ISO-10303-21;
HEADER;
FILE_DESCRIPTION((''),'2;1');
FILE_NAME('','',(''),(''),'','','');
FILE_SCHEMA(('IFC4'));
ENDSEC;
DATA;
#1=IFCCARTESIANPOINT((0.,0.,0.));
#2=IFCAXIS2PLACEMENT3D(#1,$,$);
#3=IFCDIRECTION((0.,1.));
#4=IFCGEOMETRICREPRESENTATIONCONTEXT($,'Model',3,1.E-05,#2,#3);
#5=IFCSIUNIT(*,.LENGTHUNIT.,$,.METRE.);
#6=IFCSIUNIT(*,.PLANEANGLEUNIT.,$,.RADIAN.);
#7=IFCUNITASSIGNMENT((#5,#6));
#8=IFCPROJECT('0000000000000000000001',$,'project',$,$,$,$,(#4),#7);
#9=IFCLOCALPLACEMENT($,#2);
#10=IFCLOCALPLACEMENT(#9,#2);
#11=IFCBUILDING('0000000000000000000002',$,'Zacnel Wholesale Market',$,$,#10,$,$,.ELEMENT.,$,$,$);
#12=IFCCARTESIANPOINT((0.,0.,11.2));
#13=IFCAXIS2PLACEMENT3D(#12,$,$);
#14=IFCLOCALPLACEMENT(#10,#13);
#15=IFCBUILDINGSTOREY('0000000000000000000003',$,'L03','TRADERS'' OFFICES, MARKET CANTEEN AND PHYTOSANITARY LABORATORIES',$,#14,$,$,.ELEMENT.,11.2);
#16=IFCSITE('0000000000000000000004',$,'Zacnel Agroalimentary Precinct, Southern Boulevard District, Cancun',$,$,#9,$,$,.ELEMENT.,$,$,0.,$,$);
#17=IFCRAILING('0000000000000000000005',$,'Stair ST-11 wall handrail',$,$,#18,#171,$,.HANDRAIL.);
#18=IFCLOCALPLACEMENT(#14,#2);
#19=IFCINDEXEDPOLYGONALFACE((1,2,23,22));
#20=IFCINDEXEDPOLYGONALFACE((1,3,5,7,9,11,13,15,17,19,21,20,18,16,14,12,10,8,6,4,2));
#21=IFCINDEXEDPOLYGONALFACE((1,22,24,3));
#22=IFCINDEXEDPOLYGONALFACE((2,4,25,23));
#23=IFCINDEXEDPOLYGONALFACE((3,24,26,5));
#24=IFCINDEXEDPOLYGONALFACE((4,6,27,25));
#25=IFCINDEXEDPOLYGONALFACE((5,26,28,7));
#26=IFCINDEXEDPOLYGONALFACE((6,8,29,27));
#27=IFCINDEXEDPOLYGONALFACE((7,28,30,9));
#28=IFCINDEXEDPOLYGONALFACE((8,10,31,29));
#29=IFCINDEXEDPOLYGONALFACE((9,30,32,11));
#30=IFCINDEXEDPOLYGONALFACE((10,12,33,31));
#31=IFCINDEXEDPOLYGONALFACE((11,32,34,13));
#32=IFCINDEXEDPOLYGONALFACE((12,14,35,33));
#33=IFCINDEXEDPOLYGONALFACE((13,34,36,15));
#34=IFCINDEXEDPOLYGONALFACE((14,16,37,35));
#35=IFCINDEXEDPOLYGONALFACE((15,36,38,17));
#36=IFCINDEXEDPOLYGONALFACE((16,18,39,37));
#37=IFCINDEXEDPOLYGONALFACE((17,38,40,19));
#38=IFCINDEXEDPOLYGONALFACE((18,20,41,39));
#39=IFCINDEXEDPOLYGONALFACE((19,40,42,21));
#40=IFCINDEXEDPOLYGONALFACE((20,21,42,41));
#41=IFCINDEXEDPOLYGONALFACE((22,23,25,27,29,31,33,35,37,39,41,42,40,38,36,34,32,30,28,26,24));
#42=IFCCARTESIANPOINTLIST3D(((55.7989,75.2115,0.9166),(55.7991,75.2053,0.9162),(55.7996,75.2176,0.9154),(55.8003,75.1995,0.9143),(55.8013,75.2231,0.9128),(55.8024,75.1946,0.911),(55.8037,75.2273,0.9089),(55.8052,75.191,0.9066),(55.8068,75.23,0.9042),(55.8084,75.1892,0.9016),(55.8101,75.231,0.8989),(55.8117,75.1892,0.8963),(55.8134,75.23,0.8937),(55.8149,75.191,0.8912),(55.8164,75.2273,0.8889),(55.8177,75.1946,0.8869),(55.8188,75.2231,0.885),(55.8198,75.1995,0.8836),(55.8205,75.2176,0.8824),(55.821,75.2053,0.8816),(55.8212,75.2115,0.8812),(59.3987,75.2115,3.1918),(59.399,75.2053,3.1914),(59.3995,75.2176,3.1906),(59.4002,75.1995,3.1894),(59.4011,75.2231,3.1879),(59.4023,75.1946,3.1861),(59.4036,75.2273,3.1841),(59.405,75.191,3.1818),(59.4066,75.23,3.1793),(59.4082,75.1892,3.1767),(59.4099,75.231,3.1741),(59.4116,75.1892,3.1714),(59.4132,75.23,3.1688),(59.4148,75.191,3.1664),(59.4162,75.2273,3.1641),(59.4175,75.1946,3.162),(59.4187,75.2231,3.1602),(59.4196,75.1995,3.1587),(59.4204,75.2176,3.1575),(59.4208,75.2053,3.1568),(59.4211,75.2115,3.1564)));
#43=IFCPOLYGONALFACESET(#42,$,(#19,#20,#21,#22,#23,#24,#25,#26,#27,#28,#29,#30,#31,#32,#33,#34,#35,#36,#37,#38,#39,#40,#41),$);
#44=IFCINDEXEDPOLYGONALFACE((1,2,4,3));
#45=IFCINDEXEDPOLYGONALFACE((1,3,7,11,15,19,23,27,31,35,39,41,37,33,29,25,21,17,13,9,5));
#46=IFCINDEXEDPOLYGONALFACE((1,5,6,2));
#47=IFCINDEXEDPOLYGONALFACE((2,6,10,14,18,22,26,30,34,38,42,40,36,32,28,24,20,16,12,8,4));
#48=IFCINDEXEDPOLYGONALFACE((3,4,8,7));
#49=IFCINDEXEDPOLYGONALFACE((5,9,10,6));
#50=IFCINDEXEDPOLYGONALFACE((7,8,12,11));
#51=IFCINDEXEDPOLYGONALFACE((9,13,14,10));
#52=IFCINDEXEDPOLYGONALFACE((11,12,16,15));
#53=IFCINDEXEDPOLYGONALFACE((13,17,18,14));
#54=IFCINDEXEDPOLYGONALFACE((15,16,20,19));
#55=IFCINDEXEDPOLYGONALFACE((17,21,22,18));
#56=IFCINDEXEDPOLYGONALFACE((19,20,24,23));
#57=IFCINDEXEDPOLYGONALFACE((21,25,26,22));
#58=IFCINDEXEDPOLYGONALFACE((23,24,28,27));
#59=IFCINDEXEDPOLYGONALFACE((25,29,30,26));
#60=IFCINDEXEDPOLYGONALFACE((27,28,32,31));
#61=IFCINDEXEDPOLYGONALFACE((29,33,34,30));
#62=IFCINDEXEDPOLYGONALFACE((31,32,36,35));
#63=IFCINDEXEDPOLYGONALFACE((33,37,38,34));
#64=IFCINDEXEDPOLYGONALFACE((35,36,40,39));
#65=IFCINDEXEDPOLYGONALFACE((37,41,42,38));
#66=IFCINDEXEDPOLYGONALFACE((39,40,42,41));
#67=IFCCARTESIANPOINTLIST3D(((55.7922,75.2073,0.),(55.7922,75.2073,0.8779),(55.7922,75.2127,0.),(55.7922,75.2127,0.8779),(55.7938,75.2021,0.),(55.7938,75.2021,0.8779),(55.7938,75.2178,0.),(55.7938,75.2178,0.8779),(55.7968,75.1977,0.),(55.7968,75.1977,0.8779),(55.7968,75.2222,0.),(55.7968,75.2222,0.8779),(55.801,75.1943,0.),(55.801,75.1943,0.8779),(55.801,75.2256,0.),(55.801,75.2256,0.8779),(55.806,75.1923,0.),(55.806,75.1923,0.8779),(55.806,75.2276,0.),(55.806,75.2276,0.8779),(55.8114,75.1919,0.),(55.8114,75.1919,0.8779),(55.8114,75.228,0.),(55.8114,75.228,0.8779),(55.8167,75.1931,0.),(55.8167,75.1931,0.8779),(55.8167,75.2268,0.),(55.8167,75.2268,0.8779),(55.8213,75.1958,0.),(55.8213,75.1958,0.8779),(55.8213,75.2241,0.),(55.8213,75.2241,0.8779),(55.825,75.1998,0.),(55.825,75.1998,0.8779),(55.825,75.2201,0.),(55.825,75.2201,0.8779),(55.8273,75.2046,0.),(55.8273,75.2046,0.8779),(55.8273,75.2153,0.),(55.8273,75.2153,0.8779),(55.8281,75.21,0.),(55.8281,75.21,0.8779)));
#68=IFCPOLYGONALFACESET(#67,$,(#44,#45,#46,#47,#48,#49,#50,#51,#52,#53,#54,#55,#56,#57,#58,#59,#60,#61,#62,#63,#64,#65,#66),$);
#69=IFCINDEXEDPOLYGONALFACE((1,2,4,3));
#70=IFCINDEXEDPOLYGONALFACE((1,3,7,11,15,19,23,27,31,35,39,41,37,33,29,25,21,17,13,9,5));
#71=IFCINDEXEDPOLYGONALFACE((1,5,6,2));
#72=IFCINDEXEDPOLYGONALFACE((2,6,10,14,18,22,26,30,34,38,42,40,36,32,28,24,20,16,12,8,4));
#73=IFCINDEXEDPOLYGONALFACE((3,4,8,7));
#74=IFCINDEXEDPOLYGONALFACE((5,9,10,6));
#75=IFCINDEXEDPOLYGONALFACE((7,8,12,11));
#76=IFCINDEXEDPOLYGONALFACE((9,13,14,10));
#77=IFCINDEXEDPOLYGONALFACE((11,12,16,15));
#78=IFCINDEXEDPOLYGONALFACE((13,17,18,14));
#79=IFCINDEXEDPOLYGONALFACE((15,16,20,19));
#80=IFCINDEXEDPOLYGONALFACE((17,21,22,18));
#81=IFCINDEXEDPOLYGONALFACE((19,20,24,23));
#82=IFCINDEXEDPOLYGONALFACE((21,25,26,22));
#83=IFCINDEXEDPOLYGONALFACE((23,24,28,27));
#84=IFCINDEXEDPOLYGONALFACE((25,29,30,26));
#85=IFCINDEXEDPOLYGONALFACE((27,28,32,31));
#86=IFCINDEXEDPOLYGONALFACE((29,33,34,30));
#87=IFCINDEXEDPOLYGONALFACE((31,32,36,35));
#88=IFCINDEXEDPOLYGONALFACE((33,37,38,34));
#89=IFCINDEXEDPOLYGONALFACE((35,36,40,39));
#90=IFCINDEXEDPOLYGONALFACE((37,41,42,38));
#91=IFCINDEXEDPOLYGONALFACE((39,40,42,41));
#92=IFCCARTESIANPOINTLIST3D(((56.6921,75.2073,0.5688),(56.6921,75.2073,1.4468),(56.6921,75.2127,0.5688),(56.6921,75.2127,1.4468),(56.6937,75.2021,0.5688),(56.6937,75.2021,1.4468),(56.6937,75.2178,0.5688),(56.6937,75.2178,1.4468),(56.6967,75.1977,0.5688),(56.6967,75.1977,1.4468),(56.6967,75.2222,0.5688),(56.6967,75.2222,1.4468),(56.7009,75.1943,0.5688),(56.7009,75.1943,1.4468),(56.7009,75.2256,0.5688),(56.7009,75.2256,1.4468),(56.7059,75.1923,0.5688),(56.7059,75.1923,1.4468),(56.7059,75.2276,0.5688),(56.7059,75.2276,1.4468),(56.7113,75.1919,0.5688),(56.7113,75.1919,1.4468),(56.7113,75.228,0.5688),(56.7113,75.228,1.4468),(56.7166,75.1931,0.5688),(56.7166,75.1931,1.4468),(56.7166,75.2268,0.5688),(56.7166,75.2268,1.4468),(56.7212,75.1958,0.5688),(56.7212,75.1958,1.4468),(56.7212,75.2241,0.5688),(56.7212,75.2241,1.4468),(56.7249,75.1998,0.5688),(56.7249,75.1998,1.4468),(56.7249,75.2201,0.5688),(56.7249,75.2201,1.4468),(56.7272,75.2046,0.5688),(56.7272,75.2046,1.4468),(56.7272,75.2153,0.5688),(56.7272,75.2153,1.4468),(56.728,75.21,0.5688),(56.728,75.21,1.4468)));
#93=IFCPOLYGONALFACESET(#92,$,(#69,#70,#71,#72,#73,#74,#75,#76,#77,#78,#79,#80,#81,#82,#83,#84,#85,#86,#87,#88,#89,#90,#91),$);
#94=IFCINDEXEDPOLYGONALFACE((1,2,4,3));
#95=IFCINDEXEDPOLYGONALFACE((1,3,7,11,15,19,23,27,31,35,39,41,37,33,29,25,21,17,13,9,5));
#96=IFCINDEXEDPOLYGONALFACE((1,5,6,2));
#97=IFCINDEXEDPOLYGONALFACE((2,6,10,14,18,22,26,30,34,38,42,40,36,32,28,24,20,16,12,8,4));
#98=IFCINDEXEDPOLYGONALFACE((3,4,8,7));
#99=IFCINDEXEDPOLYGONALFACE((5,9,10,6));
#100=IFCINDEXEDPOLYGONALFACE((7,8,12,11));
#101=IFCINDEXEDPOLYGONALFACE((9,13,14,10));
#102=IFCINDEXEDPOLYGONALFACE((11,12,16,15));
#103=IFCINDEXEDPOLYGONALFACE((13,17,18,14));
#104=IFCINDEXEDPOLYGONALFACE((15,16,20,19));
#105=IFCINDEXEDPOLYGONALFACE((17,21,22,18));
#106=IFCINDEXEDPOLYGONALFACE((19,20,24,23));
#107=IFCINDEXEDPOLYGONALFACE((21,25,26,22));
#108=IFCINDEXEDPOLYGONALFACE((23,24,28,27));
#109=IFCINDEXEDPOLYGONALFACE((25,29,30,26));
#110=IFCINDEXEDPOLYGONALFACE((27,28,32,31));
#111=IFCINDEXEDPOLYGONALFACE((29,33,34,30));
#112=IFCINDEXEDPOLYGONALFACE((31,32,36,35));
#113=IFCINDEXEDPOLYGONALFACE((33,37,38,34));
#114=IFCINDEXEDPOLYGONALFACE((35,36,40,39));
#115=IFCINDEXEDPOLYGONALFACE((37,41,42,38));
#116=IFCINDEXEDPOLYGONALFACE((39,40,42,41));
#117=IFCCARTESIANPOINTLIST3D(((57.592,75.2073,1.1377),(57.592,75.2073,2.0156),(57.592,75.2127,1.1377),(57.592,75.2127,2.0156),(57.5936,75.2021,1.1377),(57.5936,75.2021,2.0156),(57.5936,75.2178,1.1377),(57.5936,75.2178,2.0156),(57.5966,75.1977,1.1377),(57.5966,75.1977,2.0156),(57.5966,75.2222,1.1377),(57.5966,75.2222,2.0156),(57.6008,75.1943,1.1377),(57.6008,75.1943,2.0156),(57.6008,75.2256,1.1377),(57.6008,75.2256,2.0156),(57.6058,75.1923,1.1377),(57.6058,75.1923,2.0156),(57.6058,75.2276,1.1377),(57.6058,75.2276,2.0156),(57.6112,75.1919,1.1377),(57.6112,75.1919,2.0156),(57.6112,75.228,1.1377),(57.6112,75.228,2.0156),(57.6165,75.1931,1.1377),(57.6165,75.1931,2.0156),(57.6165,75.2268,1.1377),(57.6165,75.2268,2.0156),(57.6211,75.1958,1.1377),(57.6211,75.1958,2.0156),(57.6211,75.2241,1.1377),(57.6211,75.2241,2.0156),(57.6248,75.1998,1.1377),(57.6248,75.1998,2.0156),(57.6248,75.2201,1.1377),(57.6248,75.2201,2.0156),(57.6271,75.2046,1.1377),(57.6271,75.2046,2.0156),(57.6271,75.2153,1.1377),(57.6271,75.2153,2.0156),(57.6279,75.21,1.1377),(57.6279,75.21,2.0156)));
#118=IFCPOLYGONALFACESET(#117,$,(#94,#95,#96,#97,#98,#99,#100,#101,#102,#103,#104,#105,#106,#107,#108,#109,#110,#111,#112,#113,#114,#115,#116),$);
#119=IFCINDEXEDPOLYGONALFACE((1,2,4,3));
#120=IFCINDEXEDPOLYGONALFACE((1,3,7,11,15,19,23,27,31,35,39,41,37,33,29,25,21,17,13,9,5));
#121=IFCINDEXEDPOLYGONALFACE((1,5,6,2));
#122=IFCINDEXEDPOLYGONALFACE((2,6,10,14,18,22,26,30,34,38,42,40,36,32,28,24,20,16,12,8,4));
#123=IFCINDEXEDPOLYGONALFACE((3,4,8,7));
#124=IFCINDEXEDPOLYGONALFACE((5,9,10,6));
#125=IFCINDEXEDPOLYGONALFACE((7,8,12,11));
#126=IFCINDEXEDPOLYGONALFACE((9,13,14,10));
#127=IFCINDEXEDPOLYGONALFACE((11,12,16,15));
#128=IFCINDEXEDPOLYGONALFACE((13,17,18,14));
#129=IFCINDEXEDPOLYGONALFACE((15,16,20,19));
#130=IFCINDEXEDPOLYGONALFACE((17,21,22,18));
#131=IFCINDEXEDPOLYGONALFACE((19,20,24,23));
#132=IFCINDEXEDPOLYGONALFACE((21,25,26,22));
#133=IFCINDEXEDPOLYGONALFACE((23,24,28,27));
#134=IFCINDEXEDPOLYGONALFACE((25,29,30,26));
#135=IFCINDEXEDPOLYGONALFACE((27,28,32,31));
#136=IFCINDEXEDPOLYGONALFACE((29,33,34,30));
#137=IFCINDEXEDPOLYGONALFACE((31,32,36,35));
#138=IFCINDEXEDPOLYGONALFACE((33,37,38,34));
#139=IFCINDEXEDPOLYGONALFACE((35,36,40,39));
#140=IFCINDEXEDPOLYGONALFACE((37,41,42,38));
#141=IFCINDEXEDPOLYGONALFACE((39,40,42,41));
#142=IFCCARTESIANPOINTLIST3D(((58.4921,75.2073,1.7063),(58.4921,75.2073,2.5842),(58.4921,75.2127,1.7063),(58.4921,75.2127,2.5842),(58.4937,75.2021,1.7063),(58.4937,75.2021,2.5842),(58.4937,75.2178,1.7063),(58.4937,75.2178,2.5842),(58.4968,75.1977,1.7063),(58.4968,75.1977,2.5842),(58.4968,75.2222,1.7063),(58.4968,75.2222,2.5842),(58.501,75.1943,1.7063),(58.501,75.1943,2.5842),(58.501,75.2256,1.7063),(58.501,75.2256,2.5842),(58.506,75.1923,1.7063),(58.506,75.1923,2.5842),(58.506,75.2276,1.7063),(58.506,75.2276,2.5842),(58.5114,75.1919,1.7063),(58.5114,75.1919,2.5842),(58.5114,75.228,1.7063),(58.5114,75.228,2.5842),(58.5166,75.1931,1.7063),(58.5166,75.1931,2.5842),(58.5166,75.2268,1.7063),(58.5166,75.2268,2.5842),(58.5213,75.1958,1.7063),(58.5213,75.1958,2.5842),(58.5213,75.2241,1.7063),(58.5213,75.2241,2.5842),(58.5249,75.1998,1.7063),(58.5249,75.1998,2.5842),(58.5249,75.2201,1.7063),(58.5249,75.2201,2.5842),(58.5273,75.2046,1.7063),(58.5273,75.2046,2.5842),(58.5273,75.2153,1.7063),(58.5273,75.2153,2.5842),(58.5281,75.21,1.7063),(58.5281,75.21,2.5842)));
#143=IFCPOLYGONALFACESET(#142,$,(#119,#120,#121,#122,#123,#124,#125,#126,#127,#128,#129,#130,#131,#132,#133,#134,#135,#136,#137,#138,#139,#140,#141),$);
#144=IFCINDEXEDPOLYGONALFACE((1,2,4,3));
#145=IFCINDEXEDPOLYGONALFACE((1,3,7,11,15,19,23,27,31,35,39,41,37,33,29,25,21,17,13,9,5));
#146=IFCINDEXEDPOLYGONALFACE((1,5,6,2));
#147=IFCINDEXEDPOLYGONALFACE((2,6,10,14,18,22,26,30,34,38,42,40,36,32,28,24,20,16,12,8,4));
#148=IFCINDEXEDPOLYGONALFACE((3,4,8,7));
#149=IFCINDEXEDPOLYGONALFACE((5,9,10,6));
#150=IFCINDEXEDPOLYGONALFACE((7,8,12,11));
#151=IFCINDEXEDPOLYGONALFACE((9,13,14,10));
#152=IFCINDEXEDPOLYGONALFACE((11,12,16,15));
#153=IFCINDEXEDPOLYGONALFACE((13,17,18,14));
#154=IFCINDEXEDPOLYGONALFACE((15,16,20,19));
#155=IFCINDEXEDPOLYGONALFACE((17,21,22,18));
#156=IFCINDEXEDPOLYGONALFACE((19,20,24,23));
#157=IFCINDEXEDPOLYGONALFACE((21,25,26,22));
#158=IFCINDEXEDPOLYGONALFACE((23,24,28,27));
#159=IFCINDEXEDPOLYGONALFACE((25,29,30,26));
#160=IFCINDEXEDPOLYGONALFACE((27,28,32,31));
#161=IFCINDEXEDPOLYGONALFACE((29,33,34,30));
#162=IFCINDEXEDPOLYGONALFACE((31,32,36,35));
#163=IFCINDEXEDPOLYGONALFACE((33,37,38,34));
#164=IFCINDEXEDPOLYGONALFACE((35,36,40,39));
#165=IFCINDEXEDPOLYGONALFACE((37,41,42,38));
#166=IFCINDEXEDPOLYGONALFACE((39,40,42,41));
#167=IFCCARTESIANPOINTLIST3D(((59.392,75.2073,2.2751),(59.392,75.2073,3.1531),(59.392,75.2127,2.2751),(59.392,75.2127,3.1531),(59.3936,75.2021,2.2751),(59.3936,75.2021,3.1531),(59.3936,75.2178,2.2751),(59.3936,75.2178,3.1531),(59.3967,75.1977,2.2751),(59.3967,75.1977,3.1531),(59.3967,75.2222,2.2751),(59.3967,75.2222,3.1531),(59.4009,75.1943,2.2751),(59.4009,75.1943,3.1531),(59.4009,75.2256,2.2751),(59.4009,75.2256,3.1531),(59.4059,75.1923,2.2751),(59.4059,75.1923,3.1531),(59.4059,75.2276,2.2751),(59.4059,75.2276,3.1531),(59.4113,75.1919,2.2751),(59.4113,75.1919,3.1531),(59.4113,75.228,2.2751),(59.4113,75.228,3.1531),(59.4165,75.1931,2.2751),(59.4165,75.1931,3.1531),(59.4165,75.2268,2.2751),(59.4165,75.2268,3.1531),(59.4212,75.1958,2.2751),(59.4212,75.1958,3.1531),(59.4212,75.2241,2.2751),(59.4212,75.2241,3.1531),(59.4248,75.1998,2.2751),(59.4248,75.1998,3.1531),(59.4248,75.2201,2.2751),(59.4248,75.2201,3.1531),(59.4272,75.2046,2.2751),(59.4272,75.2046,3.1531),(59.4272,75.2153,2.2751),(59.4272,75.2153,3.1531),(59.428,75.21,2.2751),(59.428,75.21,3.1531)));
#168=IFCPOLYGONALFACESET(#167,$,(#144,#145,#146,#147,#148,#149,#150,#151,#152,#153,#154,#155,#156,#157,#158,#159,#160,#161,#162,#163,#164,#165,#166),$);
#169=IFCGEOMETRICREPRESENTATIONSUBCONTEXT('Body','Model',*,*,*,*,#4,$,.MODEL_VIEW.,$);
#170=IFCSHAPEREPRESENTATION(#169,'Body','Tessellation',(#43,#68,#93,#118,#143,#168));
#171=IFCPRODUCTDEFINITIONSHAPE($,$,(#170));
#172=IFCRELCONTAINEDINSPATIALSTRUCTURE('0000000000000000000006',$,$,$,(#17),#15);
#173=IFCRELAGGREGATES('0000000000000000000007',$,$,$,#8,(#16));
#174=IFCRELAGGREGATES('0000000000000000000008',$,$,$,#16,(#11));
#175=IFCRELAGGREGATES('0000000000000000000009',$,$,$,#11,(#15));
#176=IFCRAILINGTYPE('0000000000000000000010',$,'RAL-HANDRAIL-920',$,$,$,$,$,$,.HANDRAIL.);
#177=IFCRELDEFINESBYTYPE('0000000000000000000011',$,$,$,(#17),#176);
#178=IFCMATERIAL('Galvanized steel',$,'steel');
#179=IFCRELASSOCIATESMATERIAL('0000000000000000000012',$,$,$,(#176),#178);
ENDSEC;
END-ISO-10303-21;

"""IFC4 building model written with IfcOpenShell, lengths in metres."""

from ifc_helpers import new_model, si_unit, direction, frame, origin, origin_2d, place, context, subcontext, project, spatial, circle, extrude, material, type_object, element, save


model = new_model("IFC4")

# Units and contexts
model_context = context("Model", 3, precision=1e-05, world=origin(), true_north=direction((0.0, 1.0)))
body_context = subcontext(model_context, "Body", "Model", "MODEL_VIEW")
ifc_project = project(units=[si_unit("LENGTHUNIT", "METRE"), si_unit("PLANEANGLEUNIT", "RADIAN")], contexts=[model_context])

# Site, building, storey
site_placement = place(None, origin())
site = spatial("IfcSite", under=ifc_project, at=site_placement, Name="Zacnel Agroalimentary Precinct, Southern Boulevard District, Cancun", CompositionType="ELEMENT", RefElevation=0.0)
building_placement = place(site_placement, origin())
building = spatial("IfcBuilding", under=site, at=building_placement, Name="Zacnel Wholesale Market", CompositionType="ELEMENT")
storey_placement = place(building_placement, frame((0.0, 0.0, 11.2)))
storey = spatial("IfcBuildingStorey", under=building, at=storey_placement, Name="L03", Description="TRADERS' OFFICES, MARKET CANTEEN AND PHYTOSANITARY LABORATORIES", CompositionType="ELEMENT", Elevation=11.2)

# Railing
ifc_material_1 = material(Name="Galvanized steel", Category="steel")
railing_type_1 = type_object("IfcRailingType", Name="RAL-HANDRAIL-920", PredefinedType="HANDRAIL", material=ifc_material_1)
railing_1_placement = place(storey_placement, frame((55.8101, 75.21, 0.0)))
element("IfcRailing", 1, at=railing_1_placement, inside=storey, type_object=railing_type_1, Name="Stair ST-11 wall handrail", PredefinedType="HANDRAIL", context=body_context, shape_type="SweptSolid", body=[
    extrude(circle(Radius=0.021, at=origin_2d()), frame((0.0, 0.0, 0.8989), z_axis=(0.845324, 0.0, 0.534254), x_axis=(0.0, 1.0, 0.0)), (0.0, 0.0, 1.0), 4.2585),
    extrude(circle(Radius=0.0181, at=origin_2d()), origin(), (0.0, 0.0, 1.0), 0.8779),
    extrude(circle(Radius=0.0181, at=origin_2d()), frame((0.8999, 0.0, 0.5688)), (0.0, 0.0, 1.0), 0.8779),
    extrude(circle(Radius=0.0181, at=origin_2d()), frame((1.7998, 0.0, 1.1377)), (0.0, 0.0, 1.0), 0.8779),
    extrude(circle(Radius=0.0181, at=origin_2d()), frame((2.7, 0.0, 1.7063)), (0.0, 0.0, 1.0), 0.8779),
    extrude(circle(Radius=0.0181, at=origin_2d()), frame((3.5999, 0.0, 2.2751)), (0.0, 0.0, 1.0), 0.8779),
])

save(model, "model.ifc")
